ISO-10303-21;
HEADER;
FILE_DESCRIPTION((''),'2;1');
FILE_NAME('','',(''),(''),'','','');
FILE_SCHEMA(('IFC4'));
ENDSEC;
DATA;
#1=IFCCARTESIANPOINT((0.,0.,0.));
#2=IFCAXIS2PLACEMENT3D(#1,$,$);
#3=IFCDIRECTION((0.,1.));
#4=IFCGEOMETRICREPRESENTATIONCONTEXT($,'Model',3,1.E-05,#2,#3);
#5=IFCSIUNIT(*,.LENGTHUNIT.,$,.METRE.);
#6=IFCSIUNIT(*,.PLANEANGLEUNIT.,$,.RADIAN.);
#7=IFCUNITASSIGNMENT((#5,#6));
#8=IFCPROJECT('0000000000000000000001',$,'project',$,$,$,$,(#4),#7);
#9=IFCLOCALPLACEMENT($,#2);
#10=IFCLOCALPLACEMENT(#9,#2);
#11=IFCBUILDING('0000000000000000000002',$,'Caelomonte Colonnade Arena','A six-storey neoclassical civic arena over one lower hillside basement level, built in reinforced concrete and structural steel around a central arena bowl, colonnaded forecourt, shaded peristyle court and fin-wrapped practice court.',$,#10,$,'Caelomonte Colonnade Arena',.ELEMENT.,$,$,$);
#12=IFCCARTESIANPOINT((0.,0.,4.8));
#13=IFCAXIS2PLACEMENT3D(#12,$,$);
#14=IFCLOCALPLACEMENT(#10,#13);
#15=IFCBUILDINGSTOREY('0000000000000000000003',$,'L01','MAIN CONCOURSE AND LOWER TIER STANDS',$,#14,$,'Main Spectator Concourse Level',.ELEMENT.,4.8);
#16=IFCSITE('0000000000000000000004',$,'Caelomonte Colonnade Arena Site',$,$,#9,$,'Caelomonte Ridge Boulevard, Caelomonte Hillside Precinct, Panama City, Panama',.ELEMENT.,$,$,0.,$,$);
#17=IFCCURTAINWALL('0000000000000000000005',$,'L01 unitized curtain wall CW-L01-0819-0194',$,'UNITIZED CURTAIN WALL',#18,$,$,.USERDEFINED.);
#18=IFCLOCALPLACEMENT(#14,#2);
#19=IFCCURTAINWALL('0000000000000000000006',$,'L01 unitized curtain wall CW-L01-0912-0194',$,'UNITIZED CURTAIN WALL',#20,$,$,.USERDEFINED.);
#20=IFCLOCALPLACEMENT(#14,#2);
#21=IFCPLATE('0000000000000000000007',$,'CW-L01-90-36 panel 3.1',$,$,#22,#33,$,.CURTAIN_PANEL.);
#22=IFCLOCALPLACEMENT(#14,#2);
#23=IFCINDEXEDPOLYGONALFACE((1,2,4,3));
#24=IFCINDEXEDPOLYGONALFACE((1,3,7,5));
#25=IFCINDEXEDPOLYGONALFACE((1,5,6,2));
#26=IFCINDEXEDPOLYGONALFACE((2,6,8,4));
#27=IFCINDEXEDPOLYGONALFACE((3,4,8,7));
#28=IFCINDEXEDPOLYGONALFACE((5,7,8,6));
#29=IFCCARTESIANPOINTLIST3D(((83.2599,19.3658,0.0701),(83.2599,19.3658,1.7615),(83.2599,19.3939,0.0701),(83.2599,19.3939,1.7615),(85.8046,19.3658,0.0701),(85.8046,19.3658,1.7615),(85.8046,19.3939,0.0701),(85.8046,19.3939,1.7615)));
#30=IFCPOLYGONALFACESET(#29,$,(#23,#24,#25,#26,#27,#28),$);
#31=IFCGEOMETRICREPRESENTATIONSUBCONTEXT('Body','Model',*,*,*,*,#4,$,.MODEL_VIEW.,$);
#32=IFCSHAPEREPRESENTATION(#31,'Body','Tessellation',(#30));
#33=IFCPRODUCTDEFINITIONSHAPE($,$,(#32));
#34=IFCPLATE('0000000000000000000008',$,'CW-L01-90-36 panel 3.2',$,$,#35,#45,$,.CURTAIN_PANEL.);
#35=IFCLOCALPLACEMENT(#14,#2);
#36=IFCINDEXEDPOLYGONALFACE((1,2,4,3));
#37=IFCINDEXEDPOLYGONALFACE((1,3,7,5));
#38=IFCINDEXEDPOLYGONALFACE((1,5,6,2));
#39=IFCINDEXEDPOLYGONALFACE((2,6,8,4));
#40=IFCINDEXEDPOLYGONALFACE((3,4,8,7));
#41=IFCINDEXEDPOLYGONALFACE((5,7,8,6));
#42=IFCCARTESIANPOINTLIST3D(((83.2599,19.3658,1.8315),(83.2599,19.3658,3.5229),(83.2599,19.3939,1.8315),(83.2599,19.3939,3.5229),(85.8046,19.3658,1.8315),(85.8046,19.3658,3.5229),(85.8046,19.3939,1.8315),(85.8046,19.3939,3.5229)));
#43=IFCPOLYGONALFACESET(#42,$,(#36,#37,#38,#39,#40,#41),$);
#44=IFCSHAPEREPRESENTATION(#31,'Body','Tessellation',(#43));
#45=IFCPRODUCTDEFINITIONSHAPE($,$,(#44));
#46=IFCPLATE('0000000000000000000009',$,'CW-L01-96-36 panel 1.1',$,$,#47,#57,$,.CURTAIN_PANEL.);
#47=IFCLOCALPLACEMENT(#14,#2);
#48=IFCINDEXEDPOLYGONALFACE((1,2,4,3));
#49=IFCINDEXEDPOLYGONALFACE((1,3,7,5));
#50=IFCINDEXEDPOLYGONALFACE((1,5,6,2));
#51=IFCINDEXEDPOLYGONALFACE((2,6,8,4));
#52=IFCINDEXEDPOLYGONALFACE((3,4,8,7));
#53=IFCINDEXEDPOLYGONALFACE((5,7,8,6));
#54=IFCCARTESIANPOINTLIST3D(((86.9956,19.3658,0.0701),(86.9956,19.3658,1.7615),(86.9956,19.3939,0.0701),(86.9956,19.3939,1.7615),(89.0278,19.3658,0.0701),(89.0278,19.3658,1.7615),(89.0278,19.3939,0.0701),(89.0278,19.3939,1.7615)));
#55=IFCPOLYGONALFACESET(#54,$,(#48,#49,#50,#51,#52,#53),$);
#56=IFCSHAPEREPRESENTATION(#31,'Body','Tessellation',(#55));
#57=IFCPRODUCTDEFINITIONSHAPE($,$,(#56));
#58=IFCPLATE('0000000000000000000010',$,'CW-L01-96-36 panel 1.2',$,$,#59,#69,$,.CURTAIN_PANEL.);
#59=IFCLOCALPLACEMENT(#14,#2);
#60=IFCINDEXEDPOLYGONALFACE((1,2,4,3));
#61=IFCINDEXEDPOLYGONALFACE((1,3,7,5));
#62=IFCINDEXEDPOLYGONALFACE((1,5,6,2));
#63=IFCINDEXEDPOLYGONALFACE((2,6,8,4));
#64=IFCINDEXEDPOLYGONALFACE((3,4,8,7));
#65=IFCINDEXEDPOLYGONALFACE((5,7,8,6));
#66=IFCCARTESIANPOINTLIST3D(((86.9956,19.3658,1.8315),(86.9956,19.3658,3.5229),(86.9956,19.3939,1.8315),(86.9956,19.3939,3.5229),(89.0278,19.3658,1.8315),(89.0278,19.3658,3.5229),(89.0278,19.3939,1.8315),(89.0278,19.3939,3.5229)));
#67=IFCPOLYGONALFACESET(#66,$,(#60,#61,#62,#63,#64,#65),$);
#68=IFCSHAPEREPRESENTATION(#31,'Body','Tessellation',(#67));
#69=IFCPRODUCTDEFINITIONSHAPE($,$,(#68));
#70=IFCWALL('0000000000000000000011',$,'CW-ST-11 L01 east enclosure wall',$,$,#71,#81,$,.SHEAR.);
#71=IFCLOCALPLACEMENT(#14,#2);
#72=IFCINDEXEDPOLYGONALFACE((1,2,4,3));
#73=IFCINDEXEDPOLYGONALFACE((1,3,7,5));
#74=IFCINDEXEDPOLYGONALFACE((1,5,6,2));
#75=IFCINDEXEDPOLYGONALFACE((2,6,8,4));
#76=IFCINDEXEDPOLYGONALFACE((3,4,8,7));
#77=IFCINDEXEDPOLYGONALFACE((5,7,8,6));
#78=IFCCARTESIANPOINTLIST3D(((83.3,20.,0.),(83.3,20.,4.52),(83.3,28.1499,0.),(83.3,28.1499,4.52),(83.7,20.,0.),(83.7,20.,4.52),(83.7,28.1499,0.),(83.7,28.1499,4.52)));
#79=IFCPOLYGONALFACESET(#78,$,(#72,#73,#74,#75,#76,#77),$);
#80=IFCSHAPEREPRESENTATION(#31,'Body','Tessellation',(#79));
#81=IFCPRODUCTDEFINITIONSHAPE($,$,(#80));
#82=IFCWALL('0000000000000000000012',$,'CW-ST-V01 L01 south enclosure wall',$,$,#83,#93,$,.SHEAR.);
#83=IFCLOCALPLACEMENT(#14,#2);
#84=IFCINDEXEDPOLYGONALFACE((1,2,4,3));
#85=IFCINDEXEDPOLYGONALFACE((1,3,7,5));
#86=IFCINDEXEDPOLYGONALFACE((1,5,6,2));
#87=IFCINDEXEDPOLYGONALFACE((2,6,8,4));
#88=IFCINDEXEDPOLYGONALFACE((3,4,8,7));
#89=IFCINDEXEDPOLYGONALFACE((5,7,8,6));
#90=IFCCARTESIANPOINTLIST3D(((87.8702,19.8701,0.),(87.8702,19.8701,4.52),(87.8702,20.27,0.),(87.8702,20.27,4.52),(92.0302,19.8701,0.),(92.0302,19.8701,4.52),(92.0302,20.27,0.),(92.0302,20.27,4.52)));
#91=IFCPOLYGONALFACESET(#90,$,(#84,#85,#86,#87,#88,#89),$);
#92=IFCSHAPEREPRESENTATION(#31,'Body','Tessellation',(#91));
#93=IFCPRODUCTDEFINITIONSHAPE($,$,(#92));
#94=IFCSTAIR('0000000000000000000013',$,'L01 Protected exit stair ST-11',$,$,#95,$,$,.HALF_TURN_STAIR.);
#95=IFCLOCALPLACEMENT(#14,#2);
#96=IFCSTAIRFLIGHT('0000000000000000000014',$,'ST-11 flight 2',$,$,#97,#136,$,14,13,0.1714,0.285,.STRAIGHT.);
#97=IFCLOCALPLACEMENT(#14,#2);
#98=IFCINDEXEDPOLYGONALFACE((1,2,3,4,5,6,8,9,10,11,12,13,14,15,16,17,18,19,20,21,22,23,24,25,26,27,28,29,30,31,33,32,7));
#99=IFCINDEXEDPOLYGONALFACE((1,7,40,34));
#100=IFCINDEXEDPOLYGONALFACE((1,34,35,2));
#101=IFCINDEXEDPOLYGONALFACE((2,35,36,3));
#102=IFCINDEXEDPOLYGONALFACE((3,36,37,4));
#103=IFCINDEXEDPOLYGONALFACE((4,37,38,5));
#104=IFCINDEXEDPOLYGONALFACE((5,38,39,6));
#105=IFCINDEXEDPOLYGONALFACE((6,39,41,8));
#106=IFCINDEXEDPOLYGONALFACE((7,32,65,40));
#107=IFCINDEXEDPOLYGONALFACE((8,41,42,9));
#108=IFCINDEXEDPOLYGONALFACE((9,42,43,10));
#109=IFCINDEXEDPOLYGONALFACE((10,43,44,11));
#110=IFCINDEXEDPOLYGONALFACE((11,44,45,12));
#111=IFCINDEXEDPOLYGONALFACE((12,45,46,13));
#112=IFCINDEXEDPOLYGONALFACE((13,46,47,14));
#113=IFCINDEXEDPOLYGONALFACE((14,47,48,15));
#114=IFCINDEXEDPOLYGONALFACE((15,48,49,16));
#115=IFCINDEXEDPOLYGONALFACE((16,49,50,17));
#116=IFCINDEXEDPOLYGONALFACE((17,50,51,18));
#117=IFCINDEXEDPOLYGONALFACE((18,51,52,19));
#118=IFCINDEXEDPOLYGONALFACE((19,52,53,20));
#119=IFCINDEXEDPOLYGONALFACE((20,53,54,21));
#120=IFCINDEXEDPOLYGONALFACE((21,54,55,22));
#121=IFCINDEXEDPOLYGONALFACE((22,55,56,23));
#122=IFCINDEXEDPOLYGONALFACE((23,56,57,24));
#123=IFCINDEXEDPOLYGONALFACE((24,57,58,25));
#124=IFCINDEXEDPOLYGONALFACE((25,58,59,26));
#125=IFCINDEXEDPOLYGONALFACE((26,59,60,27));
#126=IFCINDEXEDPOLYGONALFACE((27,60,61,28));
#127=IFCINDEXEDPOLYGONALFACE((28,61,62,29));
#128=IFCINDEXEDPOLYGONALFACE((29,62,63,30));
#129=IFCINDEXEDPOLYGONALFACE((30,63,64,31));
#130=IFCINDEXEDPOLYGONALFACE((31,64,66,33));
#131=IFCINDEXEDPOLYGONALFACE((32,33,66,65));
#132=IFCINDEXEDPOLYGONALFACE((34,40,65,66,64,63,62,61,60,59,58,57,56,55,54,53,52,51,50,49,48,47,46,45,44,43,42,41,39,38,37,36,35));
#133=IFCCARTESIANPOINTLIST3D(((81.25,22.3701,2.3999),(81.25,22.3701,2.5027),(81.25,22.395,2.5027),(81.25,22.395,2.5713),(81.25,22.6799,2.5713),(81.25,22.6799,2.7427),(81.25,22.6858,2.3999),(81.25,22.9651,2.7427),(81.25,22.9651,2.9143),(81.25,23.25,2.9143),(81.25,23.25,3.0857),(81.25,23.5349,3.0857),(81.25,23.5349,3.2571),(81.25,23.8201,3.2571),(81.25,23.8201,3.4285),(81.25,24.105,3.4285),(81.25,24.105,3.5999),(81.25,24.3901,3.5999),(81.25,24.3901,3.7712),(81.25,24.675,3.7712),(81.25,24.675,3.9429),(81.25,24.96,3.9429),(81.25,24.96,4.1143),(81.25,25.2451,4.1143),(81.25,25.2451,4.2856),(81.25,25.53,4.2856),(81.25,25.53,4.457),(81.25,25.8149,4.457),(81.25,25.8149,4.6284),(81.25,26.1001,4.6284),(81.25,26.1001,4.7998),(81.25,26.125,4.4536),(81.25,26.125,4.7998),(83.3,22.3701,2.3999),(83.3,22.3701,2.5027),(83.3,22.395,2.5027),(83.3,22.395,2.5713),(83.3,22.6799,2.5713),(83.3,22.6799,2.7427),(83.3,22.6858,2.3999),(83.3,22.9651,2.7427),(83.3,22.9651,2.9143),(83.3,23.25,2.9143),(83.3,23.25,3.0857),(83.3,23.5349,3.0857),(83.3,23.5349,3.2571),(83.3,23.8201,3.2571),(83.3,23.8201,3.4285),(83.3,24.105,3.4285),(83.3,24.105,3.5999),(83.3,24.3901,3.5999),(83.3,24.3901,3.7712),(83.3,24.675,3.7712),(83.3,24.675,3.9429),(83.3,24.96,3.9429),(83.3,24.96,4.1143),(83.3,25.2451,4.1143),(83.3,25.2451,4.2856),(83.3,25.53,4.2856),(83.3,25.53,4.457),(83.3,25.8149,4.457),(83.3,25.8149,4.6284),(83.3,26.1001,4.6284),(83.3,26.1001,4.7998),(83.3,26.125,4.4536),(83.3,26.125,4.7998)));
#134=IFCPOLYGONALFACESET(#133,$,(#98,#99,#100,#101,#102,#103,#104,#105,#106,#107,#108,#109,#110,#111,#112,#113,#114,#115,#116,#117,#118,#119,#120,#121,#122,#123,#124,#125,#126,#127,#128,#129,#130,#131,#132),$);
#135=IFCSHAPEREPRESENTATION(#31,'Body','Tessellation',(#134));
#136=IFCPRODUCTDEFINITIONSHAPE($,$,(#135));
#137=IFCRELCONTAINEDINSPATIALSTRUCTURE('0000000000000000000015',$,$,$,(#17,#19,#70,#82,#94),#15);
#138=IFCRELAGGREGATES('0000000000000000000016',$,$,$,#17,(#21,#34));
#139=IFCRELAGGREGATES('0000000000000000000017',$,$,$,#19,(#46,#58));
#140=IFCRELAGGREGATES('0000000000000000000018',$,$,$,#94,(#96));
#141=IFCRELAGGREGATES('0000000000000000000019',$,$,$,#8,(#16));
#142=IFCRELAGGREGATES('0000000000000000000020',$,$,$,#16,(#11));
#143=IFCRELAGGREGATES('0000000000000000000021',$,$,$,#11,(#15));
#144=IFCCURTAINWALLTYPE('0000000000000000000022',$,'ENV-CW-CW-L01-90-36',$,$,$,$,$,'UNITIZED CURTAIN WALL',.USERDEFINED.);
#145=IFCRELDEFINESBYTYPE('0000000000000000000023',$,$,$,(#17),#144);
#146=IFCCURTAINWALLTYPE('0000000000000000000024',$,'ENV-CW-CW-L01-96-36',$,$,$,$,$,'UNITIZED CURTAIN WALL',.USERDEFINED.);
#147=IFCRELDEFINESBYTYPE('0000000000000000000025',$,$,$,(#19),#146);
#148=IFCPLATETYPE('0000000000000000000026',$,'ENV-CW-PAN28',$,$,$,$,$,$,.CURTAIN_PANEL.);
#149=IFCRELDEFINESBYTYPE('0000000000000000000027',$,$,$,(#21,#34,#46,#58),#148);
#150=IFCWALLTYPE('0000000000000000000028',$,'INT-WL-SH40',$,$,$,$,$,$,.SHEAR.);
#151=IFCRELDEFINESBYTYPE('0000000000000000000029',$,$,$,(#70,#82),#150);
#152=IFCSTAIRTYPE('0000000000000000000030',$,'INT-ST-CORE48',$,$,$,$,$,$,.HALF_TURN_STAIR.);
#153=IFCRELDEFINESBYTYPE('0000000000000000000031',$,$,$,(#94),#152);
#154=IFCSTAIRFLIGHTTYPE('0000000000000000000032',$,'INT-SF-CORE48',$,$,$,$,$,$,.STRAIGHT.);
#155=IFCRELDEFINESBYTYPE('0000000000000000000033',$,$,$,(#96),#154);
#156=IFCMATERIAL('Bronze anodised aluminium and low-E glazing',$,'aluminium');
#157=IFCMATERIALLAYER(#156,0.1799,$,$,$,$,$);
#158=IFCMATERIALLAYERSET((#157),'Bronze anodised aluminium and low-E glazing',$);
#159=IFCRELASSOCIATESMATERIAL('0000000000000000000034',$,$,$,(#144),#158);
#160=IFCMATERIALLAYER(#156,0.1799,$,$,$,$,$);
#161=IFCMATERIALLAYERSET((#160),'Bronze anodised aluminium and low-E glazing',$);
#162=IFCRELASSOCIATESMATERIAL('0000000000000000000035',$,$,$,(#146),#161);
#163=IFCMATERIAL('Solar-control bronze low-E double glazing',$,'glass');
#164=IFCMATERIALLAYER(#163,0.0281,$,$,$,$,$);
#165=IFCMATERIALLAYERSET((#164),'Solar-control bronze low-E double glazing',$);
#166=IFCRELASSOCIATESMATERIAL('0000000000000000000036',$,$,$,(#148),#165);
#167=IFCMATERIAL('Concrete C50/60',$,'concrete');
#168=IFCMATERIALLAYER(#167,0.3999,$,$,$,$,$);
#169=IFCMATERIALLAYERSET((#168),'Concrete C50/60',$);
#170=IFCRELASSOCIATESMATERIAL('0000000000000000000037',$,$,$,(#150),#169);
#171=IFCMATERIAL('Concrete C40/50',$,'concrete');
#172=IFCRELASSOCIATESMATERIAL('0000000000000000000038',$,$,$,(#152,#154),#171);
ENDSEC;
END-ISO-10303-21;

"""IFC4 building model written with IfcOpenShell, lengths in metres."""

from ifc_helpers import new_model, si_unit, direction, frame, frame_2d, origin, origin_2d, place, context, subcontext, project, spatial, polyline, rectangle, outline, extrude, material, layer, layer_set, type_object, element, aggregate, save


model = new_model("IFC4")

# Units and contexts
model_context = context("Model", 3, precision=1e-05, world=origin(), true_north=direction((0.0, 1.0)))
body_context = subcontext(model_context, "Body", "Model", "MODEL_VIEW")
ifc_project = project(units=[si_unit("LENGTHUNIT", "METRE"), si_unit("PLANEANGLEUNIT", "RADIAN")], contexts=[model_context])

# Site, building, storey
site_placement = place(None, origin())
site = spatial("IfcSite", under=ifc_project, at=site_placement, Name="Caelomonte Colonnade Arena Site", LongName="Caelomonte Ridge Boulevard, Caelomonte Hillside Precinct, Panama City, Panama", CompositionType="ELEMENT", RefElevation=0.0)
building_placement = place(site_placement, origin())
building = spatial("IfcBuilding", under=site, at=building_placement, Name="Caelomonte Colonnade Arena", Description="A six-storey neoclassical civic arena over one lower hillside basement level, built in reinforced concrete and structural steel around a central arena bowl, colonnaded forecourt, shaded peristyle court and fin-wrapped practice court.", LongName="Caelomonte Colonnade Arena", CompositionType="ELEMENT")
storey_placement = place(building_placement, frame((0.0, 0.0, 4.8)))
storey = spatial("IfcBuildingStorey", under=building, at=storey_placement, Name="L01", Description="MAIN CONCOURSE AND LOWER TIER STANDS", LongName="Main Spectator Concourse Level", CompositionType="ELEMENT", Elevation=4.8)

# Curtain wall
ifc_material_1 = material(Name="Bronze anodised aluminium and low-E glazing", Category="aluminium")
ifc_layer_1 = layer(ifc_material_1, 0.1799)
ifc_layer_set_1 = layer_set([ifc_layer_1], Name="Bronze anodised aluminium and low-E glazing")
curtain_wall_type_1 = type_object("IfcCurtainWallType", Name="ENV-CW-CW-L01-90-36", ElementType="UNITIZED CURTAIN WALL", PredefinedType="USERDEFINED", material=ifc_layer_set_1)
curtain_wall_1_placement = place(storey_placement, origin())
curtain_wall_1 = element("IfcCurtainWall", 1, at=curtain_wall_1_placement, inside=storey, type_object=curtain_wall_type_1, Name="L01 unitized curtain wall CW-L01-0819-0194", ObjectType="UNITIZED CURTAIN WALL", PredefinedType="USERDEFINED")

# Curtain wall
ifc_layer_2 = layer(ifc_material_1, 0.1799)
ifc_layer_set_2 = layer_set([ifc_layer_2], Name="Bronze anodised aluminium and low-E glazing")
curtain_wall_type_2 = type_object("IfcCurtainWallType", Name="ENV-CW-CW-L01-96-36", ElementType="UNITIZED CURTAIN WALL", PredefinedType="USERDEFINED", material=ifc_layer_set_2)
curtain_wall_2_placement = place(storey_placement, origin())
curtain_wall_2 = element("IfcCurtainWall", 2, at=curtain_wall_2_placement, inside=storey, type_object=curtain_wall_type_2, Name="L01 unitized curtain wall CW-L01-0912-0194", ObjectType="UNITIZED CURTAIN WALL", PredefinedType="USERDEFINED")

# Shared definitions
ifc_material_2 = material(Name="Concrete C40/50", Category="concrete")

# Plates
ifc_material_3 = material(Name="Solar-control bronze low-E double glazing", Category="glass")
ifc_layer_3 = layer(ifc_material_3, 0.0281)
ifc_layer_set_3 = layer_set([ifc_layer_3], Name="Solar-control bronze low-E double glazing")
plate_type = type_object("IfcPlateType", Name="ENV-CW-PAN28", PredefinedType="CURTAIN_PANEL", material=ifc_layer_set_3)
plate_1_placement = place(storey_placement, frame((84.5322, 19.3799, 0.0701), z_axis=(0.0, 0.0, 1.0), x_axis=(1.0, 0.0, 0.0)))
plate_1 = element("IfcPlate", 3, at=plate_1_placement, type_object=plate_type, Name="CW-L01-90-36 panel 3.1", PredefinedType="CURTAIN_PANEL", context=body_context, shape_type="SweptSolid", body=[
    extrude(rectangle(XDim=2.5447, YDim=0.0281, at=origin_2d()), origin(), (0.0, 0.0, 1.0), 1.6914),
])
plate_2_placement = place(storey_placement, frame((84.5322, 19.3799, 1.8315), z_axis=(0.0, 0.0, 1.0), x_axis=(1.0, 0.0, 0.0)))
plate_2 = element("IfcPlate", 4, at=plate_2_placement, type_object=plate_type, Name="CW-L01-90-36 panel 3.2", PredefinedType="CURTAIN_PANEL", context=body_context, shape_type="SweptSolid", body=[
    extrude(rectangle(XDim=2.5447, YDim=0.0281, at=origin_2d()), origin(), (0.0, 0.0, 1.0), 1.6914),
])
aggregate(curtain_wall_1, [plate_1, plate_2])
plate_3_placement = place(storey_placement, frame((88.0117, 19.3799, 0.0701), z_axis=(0.0, 0.0, 1.0), x_axis=(1.0, 0.0, 0.0)))
plate_3 = element("IfcPlate", 5, at=plate_3_placement, type_object=plate_type, Name="CW-L01-96-36 panel 1.1", PredefinedType="CURTAIN_PANEL", context=body_context, shape_type="SweptSolid", body=[
    extrude(rectangle(XDim=2.0322, YDim=0.0281, at=origin_2d()), origin(), (0.0, 0.0, 1.0), 1.6914),
])
plate_4_placement = place(storey_placement, frame((88.0117, 19.3799, 1.8315), z_axis=(0.0, 0.0, 1.0), x_axis=(1.0, 0.0, 0.0)))
plate_4 = element("IfcPlate", 6, at=plate_4_placement, type_object=plate_type, Name="CW-L01-96-36 panel 1.2", PredefinedType="CURTAIN_PANEL", context=body_context, shape_type="SweptSolid", body=[
    extrude(rectangle(XDim=2.0322, YDim=0.0281, at=origin_2d()), origin(), (0.0, 0.0, 1.0), 1.6914),
])
aggregate(curtain_wall_2, [plate_3, plate_4])

# Walls
ifc_material_4 = material(Name="Concrete C50/60", Category="concrete")
ifc_layer_4 = layer(ifc_material_4, 0.3999)
ifc_layer_set_4 = layer_set([ifc_layer_4], Name="Concrete C50/60")
wall_type = type_object("IfcWallType", Name="INT-WL-SH40", PredefinedType="SHEAR", material=ifc_layer_set_4)
wall_1_placement = place(storey_placement, frame((83.5, 20.0, 0.0), z_axis=(0.0, 0.0, 1.0), x_axis=(0.0, 1.0, 0.0)))
element("IfcWall", 7, at=wall_1_placement, inside=storey, type_object=wall_type, Name="CW-ST-11 L01 east enclosure wall", PredefinedType="SHEAR", context=body_context, shape_type="SweptSolid", body=[
    extrude(rectangle(XDim=8.1499, YDim=0.3999, at=frame_2d((4.075, 0.0))), origin(), (0.0, 0.0, 1.0), 4.52),
])
wall_2_placement = place(storey_placement, frame((87.8701, 20.0701, 0.0), z_axis=(0.0, 0.0, 1.0), x_axis=(1.0, 0.0, 0.0)))
element("IfcWall", 8, at=wall_2_placement, inside=storey, type_object=wall_type, Name="CW-ST-V01 L01 south enclosure wall", PredefinedType="SHEAR", context=body_context, shape_type="SweptSolid", body=[
    extrude(rectangle(XDim=4.1599, YDim=0.3999, at=frame_2d((2.0801, 0.0))), origin(), (0.0, 0.0, 1.0), 4.52),
])

# Stair, stair flight
stair_type = type_object("IfcStairType", Name="INT-ST-CORE48", PredefinedType="HALF_TURN_STAIR", material=ifc_material_2)
stair_placement = place(storey_placement, origin())
stair = element("IfcStair", 9, at=stair_placement, inside=storey, type_object=stair_type, Name="L01 Protected exit stair ST-11", PredefinedType="HALF_TURN_STAIR")
stair_flight_type = type_object("IfcStairFlightType", Name="INT-SF-CORE48", PredefinedType="STRAIGHT", material=ifc_material_2)
stair_flight_placement = place(storey_placement, frame((82.2749, 22.395, 2.3999), z_axis=(0.0, 0.0, 1.0), x_axis=(0.0, 1.0, 0.0)))
stair_flight = element("IfcStairFlight", 10, at=stair_flight_placement, type_object=stair_flight_type, Name="ST-11 flight 2", NumberOfRisers=14, NumberOfTreads=13, PredefinedType="STRAIGHT", RiserHeight=0.1714, TreadLength=0.285, context=body_context, shape_type="SweptSolid", body=[
    extrude(outline(polyline([(-0.0249, 0.0), (-0.0249, 0.1028), (0.0, 0.1028), (0.0, 0.1714), (0.2849, 0.1714), (0.2849, 0.3428), (0.5701, 0.3428), (0.5701, 0.5144), (0.855, 0.5144), (0.855, 0.6858), (1.1399, 0.6858), (1.1399, 0.8572), (1.425, 0.8572), (1.425, 1.0286), (1.71, 1.0286), (1.71, 1.2), (1.9951, 1.2), (1.9951, 1.3713), (2.28, 1.3713), (2.28, 1.543), (2.5649, 1.543), (2.5649, 1.7144), (2.8501, 1.7144), (2.8501, 1.8857), (3.135, 1.8857), (3.135, 2.0571), (3.4199, 2.0571), (3.4199, 2.2285), (3.7051, 2.2285), (3.7051, 2.3999), (3.73, 2.3999), (3.73, 2.0537), (0.2908, 0.0), (-0.0249, 0.0)])), frame((0.0, 1.0249, 0.0), z_axis=(0.0, -1.0, 0.0), x_axis=(1.0, 0.0, 0.0)), (0.0, 0.0, 1.0), 2.05),
])
aggregate(stair, [stair_flight])

save(model, "model.ifc")
